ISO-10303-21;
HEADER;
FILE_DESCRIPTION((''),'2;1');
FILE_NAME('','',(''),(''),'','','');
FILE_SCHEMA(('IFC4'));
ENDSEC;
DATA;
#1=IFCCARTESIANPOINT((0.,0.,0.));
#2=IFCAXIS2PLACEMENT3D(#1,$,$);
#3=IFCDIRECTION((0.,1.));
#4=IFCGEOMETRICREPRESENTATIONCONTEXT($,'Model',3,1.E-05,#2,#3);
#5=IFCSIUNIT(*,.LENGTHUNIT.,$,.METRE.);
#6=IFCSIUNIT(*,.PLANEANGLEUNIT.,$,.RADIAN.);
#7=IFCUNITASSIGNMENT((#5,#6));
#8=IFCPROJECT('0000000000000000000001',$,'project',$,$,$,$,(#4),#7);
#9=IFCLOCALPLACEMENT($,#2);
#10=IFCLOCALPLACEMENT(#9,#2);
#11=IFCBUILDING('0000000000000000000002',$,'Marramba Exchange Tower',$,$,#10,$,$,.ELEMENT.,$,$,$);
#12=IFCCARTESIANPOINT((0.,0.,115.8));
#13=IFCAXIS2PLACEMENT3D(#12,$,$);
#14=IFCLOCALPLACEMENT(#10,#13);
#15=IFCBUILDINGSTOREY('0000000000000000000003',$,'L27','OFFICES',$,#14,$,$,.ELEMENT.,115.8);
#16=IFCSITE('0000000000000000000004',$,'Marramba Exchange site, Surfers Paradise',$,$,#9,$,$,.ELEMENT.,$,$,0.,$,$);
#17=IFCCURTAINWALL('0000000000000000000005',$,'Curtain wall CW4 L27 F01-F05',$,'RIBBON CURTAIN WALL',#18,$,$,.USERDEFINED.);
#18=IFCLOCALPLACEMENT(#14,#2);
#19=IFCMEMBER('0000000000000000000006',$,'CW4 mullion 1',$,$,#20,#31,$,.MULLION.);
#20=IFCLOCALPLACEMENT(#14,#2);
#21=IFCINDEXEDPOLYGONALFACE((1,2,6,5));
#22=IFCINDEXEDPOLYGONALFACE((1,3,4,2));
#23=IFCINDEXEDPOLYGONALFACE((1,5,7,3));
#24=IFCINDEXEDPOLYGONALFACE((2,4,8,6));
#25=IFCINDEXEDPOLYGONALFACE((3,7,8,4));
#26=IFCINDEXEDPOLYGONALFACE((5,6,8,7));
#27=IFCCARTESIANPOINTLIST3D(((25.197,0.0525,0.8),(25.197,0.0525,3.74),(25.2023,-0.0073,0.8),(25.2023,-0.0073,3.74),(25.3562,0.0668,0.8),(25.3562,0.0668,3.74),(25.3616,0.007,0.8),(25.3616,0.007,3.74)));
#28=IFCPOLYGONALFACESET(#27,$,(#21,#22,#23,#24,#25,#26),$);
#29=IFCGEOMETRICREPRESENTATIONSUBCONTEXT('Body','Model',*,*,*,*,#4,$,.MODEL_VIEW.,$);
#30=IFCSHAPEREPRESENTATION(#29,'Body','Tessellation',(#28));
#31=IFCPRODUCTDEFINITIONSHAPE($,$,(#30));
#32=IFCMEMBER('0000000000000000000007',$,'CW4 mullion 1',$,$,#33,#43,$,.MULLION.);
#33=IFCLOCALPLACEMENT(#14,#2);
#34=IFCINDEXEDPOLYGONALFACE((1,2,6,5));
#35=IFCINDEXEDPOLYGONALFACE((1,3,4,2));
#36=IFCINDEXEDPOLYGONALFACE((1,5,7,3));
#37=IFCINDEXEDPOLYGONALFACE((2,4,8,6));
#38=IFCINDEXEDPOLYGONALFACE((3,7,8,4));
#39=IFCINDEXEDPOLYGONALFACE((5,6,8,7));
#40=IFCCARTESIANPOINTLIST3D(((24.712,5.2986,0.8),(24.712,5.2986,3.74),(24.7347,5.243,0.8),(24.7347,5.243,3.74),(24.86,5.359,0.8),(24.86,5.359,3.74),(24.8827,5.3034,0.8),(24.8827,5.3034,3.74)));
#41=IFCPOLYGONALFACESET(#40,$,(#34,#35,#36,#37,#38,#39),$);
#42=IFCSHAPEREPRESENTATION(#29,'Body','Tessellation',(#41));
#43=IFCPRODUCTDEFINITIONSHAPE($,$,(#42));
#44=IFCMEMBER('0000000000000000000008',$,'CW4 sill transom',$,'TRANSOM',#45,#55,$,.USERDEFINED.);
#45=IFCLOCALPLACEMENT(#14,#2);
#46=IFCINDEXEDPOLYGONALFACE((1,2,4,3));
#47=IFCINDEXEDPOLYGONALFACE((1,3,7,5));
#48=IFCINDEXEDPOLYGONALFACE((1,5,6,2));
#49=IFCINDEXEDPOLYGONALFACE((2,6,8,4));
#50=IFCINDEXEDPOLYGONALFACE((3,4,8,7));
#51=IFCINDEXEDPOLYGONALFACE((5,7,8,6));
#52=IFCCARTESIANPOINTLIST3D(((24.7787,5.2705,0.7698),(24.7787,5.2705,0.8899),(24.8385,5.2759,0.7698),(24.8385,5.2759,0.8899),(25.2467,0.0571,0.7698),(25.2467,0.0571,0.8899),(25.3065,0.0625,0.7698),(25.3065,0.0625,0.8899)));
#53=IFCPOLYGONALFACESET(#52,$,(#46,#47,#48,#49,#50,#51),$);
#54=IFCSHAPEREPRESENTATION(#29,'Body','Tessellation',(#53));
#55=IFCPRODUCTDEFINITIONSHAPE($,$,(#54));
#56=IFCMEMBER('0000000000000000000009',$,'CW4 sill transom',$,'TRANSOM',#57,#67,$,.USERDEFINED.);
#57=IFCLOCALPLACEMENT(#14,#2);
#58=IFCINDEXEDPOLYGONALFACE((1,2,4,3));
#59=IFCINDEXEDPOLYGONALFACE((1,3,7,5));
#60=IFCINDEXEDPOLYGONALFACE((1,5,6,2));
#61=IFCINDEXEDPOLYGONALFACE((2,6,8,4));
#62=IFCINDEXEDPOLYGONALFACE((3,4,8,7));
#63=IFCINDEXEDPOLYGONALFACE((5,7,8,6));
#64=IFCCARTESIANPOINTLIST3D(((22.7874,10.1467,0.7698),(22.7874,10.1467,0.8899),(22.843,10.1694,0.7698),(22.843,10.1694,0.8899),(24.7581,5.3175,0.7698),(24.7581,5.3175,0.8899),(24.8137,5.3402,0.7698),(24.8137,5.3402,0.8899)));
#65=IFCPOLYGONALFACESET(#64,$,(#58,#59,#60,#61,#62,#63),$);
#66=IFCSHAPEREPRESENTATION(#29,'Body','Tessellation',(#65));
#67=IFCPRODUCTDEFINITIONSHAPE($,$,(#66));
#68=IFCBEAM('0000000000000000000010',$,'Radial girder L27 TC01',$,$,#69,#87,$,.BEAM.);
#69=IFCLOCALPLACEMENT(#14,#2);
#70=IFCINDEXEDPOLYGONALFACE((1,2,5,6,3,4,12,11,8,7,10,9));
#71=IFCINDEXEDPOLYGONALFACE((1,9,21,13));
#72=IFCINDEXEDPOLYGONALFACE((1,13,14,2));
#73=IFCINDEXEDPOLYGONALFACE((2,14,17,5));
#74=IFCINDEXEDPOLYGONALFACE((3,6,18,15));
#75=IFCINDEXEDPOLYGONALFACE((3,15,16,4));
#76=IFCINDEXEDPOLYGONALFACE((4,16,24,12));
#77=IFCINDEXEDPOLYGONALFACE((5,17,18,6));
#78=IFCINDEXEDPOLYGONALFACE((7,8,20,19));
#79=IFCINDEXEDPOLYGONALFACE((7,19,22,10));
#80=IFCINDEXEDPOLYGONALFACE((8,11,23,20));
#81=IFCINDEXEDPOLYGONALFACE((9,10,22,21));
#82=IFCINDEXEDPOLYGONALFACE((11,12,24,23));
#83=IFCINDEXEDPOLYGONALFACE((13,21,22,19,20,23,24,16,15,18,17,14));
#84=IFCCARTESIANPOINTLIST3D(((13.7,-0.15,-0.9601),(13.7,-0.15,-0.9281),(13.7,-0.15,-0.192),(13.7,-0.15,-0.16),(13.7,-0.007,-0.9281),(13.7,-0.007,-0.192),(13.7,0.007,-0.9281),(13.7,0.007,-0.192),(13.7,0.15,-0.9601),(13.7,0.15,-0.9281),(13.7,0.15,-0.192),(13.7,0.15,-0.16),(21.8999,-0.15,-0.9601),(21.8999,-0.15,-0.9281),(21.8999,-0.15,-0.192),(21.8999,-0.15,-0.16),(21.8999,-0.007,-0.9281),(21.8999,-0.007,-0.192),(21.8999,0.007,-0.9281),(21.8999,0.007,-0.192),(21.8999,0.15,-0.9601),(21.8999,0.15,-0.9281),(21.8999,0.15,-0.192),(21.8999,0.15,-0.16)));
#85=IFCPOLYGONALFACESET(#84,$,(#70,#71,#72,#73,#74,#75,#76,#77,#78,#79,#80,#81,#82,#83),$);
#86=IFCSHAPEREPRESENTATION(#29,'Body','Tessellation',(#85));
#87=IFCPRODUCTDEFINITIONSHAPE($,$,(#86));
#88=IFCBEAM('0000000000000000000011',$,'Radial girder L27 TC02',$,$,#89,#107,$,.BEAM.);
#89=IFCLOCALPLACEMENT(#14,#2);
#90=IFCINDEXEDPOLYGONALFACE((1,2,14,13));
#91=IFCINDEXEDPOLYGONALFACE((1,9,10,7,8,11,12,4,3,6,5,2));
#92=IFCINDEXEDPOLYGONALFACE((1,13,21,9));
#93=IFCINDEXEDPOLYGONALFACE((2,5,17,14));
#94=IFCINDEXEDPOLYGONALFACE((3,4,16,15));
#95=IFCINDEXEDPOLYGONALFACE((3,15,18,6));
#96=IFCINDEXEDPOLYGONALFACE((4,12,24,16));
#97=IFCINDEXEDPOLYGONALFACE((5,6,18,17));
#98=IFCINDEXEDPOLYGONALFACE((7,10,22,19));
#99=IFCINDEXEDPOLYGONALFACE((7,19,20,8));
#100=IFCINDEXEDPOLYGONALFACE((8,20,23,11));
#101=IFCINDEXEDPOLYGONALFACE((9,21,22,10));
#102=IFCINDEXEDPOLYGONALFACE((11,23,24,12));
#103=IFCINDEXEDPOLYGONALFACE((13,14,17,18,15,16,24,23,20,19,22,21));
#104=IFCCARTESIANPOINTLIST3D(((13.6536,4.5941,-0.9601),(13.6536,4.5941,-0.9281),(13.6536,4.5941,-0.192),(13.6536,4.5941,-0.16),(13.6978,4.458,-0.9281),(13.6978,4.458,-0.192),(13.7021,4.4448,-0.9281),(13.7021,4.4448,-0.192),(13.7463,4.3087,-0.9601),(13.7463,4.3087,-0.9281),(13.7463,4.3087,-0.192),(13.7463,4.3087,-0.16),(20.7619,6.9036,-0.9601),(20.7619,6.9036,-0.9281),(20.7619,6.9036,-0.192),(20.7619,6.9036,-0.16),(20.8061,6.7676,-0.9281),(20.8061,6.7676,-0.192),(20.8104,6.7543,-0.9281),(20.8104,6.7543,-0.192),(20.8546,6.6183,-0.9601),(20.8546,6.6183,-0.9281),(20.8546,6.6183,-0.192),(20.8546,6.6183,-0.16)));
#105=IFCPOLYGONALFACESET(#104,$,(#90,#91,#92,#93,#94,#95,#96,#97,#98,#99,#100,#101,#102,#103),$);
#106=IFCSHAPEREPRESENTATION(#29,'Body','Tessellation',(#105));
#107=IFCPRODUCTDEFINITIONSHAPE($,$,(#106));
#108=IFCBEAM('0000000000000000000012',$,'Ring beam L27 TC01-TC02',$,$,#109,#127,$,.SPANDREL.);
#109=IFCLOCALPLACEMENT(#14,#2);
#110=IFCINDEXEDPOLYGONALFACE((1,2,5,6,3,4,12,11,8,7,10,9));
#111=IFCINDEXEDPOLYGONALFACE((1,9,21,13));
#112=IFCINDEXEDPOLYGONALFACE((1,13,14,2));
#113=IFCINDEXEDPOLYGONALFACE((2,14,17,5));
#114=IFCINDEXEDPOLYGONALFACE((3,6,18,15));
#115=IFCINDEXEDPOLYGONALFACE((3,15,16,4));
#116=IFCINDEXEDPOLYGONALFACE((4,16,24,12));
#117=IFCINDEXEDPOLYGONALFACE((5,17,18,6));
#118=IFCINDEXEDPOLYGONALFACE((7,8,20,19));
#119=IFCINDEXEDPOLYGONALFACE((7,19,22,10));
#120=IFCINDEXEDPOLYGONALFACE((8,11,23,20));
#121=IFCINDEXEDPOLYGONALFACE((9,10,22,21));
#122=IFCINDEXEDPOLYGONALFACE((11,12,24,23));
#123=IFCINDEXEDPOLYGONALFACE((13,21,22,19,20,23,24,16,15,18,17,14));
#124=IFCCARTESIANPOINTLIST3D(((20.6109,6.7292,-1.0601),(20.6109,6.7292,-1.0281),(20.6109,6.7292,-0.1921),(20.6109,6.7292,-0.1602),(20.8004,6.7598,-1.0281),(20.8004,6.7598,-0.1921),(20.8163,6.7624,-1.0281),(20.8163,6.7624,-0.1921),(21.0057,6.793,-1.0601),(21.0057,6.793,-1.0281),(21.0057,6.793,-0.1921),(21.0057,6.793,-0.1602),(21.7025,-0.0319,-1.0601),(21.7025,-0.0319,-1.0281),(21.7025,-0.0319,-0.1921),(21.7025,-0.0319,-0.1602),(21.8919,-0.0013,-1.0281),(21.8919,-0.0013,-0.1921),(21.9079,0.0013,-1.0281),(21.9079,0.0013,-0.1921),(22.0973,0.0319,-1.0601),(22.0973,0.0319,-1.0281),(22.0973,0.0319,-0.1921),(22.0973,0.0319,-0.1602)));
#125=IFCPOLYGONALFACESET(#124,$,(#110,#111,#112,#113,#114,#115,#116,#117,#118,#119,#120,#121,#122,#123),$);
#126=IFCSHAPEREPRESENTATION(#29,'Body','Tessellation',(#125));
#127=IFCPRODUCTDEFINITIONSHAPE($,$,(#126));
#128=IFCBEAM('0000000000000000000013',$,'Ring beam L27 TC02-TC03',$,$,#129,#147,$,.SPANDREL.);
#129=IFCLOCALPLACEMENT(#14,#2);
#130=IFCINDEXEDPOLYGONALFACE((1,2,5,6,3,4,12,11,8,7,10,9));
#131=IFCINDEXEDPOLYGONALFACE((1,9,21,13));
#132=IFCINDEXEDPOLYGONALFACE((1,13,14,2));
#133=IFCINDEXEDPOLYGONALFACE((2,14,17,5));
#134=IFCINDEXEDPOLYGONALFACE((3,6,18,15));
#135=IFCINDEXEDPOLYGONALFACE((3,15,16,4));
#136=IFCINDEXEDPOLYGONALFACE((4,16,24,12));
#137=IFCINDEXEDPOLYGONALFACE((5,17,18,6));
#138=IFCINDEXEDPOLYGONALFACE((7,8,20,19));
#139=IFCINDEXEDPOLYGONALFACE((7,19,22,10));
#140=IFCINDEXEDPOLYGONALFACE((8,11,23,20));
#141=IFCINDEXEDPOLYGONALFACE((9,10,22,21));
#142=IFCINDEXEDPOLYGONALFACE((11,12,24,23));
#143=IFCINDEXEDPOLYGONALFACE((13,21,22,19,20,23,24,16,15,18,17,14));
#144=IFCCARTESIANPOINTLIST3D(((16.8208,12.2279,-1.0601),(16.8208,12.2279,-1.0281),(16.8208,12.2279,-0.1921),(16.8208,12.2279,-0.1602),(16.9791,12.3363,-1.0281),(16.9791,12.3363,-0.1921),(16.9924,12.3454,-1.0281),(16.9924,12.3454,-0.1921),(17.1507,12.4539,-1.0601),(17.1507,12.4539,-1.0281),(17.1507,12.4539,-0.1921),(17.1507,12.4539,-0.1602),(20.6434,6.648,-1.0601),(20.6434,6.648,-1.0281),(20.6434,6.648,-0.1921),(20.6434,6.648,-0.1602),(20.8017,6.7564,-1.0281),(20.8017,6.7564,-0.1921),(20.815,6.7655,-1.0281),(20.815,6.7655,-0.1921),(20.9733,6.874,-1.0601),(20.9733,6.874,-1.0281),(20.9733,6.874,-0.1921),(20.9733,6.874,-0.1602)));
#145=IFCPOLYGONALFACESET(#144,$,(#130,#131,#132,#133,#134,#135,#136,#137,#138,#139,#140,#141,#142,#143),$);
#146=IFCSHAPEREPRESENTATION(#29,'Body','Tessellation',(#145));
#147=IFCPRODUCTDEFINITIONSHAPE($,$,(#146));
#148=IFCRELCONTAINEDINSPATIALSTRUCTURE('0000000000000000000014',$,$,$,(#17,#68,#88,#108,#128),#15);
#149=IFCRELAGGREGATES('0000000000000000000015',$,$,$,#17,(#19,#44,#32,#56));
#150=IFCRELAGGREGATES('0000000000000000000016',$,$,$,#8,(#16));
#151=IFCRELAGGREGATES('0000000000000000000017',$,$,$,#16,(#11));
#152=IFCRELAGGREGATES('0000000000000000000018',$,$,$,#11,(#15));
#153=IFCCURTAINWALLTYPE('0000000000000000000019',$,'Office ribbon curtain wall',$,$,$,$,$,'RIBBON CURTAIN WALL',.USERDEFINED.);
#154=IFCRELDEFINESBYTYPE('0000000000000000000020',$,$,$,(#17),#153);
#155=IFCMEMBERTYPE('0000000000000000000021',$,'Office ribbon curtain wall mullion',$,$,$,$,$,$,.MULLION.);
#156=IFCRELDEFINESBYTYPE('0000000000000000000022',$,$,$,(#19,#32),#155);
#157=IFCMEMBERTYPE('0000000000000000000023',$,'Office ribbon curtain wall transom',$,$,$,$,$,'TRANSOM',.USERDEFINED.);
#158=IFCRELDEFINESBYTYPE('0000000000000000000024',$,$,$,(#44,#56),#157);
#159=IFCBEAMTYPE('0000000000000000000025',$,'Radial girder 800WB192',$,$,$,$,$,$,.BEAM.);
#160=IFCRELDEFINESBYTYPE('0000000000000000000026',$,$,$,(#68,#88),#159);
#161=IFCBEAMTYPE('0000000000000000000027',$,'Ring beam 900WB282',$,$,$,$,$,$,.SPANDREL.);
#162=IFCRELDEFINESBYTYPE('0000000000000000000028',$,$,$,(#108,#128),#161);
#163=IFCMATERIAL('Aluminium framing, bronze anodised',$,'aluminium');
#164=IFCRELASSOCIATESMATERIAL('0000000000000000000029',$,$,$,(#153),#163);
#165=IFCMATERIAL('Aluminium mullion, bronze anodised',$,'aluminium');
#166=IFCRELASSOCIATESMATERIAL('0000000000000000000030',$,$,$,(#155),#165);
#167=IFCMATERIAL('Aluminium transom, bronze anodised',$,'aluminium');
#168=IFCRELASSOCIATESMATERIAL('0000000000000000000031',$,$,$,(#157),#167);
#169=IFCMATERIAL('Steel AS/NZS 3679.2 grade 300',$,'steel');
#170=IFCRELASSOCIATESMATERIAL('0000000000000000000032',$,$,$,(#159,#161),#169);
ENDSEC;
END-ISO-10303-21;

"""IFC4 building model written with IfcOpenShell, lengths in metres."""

from ifc_helpers import new_model, si_unit, direction, frame, origin, origin_2d, place, context, subcontext, project, spatial, rectangle, i_section, extrude, material, material_profile, profile_set, type_object, element, aggregate, save


model = new_model("IFC4")

# Units and contexts
model_context = context("Model", 3, precision=1e-05, world=origin(), true_north=direction((0.0, 1.0)))
body_context = subcontext(model_context, "Body", "Model", "MODEL_VIEW")
ifc_project = project(units=[si_unit("LENGTHUNIT", "METRE"), si_unit("PLANEANGLEUNIT", "RADIAN")], contexts=[model_context])

# Site, building, storey
site_placement = place(None, origin())
site = spatial("IfcSite", under=ifc_project, at=site_placement, Name="Marramba Exchange site, Surfers Paradise", CompositionType="ELEMENT", RefElevation=0.0)
building_placement = place(site_placement, origin())
building = spatial("IfcBuilding", under=site, at=building_placement, Name="Marramba Exchange Tower", CompositionType="ELEMENT")
storey_placement = place(building_placement, frame((0.0, 0.0, 115.8)))
storey = spatial("IfcBuildingStorey", under=building, at=storey_placement, Name="L27", Description="OFFICES", CompositionType="ELEMENT", Elevation=115.8)

# Shared definitions
ifc_material_1 = material(Name="Steel AS/NZS 3679.2 grade 300", Category="steel")

# Curtain wall, members
ifc_material_2 = material(Name="Aluminium framing, bronze anodised", Category="aluminium")
curtain_wall_type = type_object("IfcCurtainWallType", Name="Office ribbon curtain wall", ElementType="RIBBON CURTAIN WALL", PredefinedType="USERDEFINED", material=ifc_material_2)
curtain_wall_placement = place(storey_placement, origin())
curtain_wall = element("IfcCurtainWall", 1, at=curtain_wall_placement, inside=storey, type_object=curtain_wall_type, Name="Curtain wall CW4 L27 F01-F05", ObjectType="RIBBON CURTAIN WALL", PredefinedType="USERDEFINED")
ifc_material_3 = material(Name="Aluminium mullion, bronze anodised", Category="aluminium")
ifc_material_profile_1 = material_profile(ifc_material_3, rectangle(XDim=0.1599, YDim=0.0601, at=origin_2d()), Name="CW4 mullion 60x160")
ifc_profile_set_1 = profile_set([ifc_material_profile_1], Name="Aluminium mullion, bronze anodised")
member_type_1 = type_object("IfcMemberType", Name="Office ribbon curtain wall mullion", PredefinedType="MULLION", material=ifc_profile_set_1)
member_1_placement = place(storey_placement, frame((25.2793, 0.0298, 0.8), z_axis=(0.0, 0.0, 1.0), x_axis=(-0.995995, -0.089413, 0.0)))
member_1 = element("IfcMember", 2, at=member_1_placement, type_object=member_type_1, Name="CW4 mullion 1", PredefinedType="MULLION", context=body_context, shape_type="SweptSolid", body=[
    extrude(rectangle(XDim=0.1599, YDim=0.0601, at=origin_2d()), origin(), (0.0, 0.0, 1.0), 2.9399),
])
member_2_placement = place(storey_placement, frame((24.7974, 5.301, 0.8), z_axis=(0.0, 0.0, 1.0), x_axis=(-0.925879, -0.377821, 0.0)))
member_2 = element("IfcMember", 3, at=member_2_placement, type_object=member_type_1, Name="CW4 mullion 1", PredefinedType="MULLION", context=body_context, shape_type="SweptSolid", body=[
    extrude(rectangle(XDim=0.1599, YDim=0.0601, at=origin_2d()), origin(), (0.0, 0.0, 1.0), 2.9399),
])
ifc_material_4 = material(Name="Aluminium transom, bronze anodised", Category="aluminium")
ifc_material_profile_2 = material_profile(ifc_material_4, rectangle(XDim=0.0601, YDim=0.1201, at=origin_2d()), Name="CW4 transom 60x120")
ifc_profile_set_2 = profile_set([ifc_material_profile_2], Name="Aluminium transom, bronze anodised")
member_type_2 = type_object("IfcMemberType", Name="Office ribbon curtain wall transom", ElementType="TRANSOM", PredefinedType="USERDEFINED", material=ifc_profile_set_2)
member_3_placement = place(storey_placement, frame((25.2766, 0.0598, 0.8298), z_axis=(-0.089413, 0.995995, 0.0), x_axis=(-0.995995, -0.089413, 0.0)))
member_3 = element("IfcMember", 4, at=member_3_placement, type_object=member_type_2, Name="CW4 sill transom", ObjectType="TRANSOM", PredefinedType="USERDEFINED", context=body_context, shape_type="SweptSolid", body=[
    extrude(rectangle(XDim=0.0601, YDim=0.1201, at=origin_2d()), origin(), (0.0, 0.0, 1.0), 5.2344),
])
member_4_placement = place(storey_placement, frame((24.7859, 5.3289, 0.8298), z_axis=(-0.377838, 0.925872, 0.0), x_axis=(-0.925872, -0.377838, 0.0)))
member_4 = element("IfcMember", 5, at=member_4_placement, type_object=member_type_2, Name="CW4 sill transom", ObjectType="TRANSOM", PredefinedType="USERDEFINED", context=body_context, shape_type="SweptSolid", body=[
    extrude(rectangle(XDim=0.0601, YDim=0.1201, at=origin_2d()), origin(), (0.0, 0.0, 1.0), 5.2158),
])

# Beams
ifc_material_profile_3 = material_profile(ifc_material_1, i_section(OverallWidth=0.3, OverallDepth=0.8, WebThickness=0.0139, FlangeThickness=0.032, at=origin_2d()), Name="800WB192")
ifc_profile_set_3 = profile_set([ifc_material_profile_3], Name="Steel AS/NZS 3679.2 grade 300")
beam_type_1 = type_object("IfcBeamType", Name="Radial girder 800WB192", PredefinedType="BEAM", material=ifc_profile_set_3)
beam_1_placement = place(storey_placement, frame((13.7, 0.0, -0.5601), z_axis=(1.0, 0.0, 0.0), x_axis=(0.0, 1.0, 0.0)))
element("IfcBeam", 6, at=beam_1_placement, inside=storey, type_object=beam_type_1, Name="Radial girder L27 TC01", PredefinedType="BEAM", context=body_context, shape_type="SweptSolid", body=[
    extrude(i_section(OverallWidth=0.3, OverallDepth=0.8, WebThickness=0.0139, FlangeThickness=0.032, at=origin_2d()), origin(), (0.0, 0.0, 1.0), 8.2),
])
beam_2_placement = place(storey_placement, frame((13.7, 4.4514, -0.5601), z_axis=(0.95106, 0.309006, 0.0), x_axis=(-0.309006, 0.95106, 0.0)))
element("IfcBeam", 7, at=beam_2_placement, inside=storey, type_object=beam_type_1, Name="Radial girder L27 TC02", PredefinedType="BEAM", context=body_context, shape_type="SweptSolid", body=[
    extrude(i_section(OverallWidth=0.3, OverallDepth=0.8, WebThickness=0.0139, FlangeThickness=0.032, at=origin_2d()), origin(), (0.0, 0.0, 1.0), 7.4741),
])
ifc_material_profile_4 = material_profile(ifc_material_1, i_section(OverallWidth=0.3999, OverallDepth=0.8999, WebThickness=0.0161, FlangeThickness=0.032, at=origin_2d()), Name="900WB282")
ifc_profile_set_4 = profile_set([ifc_material_profile_4], Name="Steel AS/NZS 3679.2 grade 300")
beam_type_2 = type_object("IfcBeamType", Name="Ring beam 900WB282", PredefinedType="SPANDREL", material=ifc_profile_set_4)
beam_3_placement = place(storey_placement, frame((21.8999, 0.0, -0.6101), z_axis=(-0.159385, 0.987217, 0.0), x_axis=(-0.987217, -0.159385, 0.0)))
element("IfcBeam", 8, at=beam_3_placement, inside=storey, type_object=beam_type_2, Name="Ring beam L27 TC01-TC02", PredefinedType="SPANDREL", context=body_context, shape_type="SweptSolid", body=[
    extrude(i_section(OverallWidth=0.3999, OverallDepth=0.8999, WebThickness=0.0161, FlangeThickness=0.032, at=origin_2d()), origin(), (0.0, 0.0, 1.0), 6.8486),
])
beam_4_placement = place(storey_placement, frame((20.8083, 6.761, -0.6101), z_axis=(-0.56516, 0.824981, 0.0), x_axis=(-0.824981, -0.56516, 0.0)))
element("IfcBeam", 9, at=beam_4_placement, inside=storey, type_object=beam_type_2, Name="Ring beam L27 TC02-TC03", PredefinedType="SPANDREL", context=body_context, shape_type="SweptSolid", body=[
    extrude(i_section(OverallWidth=0.3999, OverallDepth=0.8999, WebThickness=0.0161, FlangeThickness=0.032, at=origin_2d()), origin(), (0.0, 0.0, 1.0), 6.7637),
])

aggregate(curtain_wall, [member_1, member_3, member_2, member_4])

save(model, "model.ifc")
